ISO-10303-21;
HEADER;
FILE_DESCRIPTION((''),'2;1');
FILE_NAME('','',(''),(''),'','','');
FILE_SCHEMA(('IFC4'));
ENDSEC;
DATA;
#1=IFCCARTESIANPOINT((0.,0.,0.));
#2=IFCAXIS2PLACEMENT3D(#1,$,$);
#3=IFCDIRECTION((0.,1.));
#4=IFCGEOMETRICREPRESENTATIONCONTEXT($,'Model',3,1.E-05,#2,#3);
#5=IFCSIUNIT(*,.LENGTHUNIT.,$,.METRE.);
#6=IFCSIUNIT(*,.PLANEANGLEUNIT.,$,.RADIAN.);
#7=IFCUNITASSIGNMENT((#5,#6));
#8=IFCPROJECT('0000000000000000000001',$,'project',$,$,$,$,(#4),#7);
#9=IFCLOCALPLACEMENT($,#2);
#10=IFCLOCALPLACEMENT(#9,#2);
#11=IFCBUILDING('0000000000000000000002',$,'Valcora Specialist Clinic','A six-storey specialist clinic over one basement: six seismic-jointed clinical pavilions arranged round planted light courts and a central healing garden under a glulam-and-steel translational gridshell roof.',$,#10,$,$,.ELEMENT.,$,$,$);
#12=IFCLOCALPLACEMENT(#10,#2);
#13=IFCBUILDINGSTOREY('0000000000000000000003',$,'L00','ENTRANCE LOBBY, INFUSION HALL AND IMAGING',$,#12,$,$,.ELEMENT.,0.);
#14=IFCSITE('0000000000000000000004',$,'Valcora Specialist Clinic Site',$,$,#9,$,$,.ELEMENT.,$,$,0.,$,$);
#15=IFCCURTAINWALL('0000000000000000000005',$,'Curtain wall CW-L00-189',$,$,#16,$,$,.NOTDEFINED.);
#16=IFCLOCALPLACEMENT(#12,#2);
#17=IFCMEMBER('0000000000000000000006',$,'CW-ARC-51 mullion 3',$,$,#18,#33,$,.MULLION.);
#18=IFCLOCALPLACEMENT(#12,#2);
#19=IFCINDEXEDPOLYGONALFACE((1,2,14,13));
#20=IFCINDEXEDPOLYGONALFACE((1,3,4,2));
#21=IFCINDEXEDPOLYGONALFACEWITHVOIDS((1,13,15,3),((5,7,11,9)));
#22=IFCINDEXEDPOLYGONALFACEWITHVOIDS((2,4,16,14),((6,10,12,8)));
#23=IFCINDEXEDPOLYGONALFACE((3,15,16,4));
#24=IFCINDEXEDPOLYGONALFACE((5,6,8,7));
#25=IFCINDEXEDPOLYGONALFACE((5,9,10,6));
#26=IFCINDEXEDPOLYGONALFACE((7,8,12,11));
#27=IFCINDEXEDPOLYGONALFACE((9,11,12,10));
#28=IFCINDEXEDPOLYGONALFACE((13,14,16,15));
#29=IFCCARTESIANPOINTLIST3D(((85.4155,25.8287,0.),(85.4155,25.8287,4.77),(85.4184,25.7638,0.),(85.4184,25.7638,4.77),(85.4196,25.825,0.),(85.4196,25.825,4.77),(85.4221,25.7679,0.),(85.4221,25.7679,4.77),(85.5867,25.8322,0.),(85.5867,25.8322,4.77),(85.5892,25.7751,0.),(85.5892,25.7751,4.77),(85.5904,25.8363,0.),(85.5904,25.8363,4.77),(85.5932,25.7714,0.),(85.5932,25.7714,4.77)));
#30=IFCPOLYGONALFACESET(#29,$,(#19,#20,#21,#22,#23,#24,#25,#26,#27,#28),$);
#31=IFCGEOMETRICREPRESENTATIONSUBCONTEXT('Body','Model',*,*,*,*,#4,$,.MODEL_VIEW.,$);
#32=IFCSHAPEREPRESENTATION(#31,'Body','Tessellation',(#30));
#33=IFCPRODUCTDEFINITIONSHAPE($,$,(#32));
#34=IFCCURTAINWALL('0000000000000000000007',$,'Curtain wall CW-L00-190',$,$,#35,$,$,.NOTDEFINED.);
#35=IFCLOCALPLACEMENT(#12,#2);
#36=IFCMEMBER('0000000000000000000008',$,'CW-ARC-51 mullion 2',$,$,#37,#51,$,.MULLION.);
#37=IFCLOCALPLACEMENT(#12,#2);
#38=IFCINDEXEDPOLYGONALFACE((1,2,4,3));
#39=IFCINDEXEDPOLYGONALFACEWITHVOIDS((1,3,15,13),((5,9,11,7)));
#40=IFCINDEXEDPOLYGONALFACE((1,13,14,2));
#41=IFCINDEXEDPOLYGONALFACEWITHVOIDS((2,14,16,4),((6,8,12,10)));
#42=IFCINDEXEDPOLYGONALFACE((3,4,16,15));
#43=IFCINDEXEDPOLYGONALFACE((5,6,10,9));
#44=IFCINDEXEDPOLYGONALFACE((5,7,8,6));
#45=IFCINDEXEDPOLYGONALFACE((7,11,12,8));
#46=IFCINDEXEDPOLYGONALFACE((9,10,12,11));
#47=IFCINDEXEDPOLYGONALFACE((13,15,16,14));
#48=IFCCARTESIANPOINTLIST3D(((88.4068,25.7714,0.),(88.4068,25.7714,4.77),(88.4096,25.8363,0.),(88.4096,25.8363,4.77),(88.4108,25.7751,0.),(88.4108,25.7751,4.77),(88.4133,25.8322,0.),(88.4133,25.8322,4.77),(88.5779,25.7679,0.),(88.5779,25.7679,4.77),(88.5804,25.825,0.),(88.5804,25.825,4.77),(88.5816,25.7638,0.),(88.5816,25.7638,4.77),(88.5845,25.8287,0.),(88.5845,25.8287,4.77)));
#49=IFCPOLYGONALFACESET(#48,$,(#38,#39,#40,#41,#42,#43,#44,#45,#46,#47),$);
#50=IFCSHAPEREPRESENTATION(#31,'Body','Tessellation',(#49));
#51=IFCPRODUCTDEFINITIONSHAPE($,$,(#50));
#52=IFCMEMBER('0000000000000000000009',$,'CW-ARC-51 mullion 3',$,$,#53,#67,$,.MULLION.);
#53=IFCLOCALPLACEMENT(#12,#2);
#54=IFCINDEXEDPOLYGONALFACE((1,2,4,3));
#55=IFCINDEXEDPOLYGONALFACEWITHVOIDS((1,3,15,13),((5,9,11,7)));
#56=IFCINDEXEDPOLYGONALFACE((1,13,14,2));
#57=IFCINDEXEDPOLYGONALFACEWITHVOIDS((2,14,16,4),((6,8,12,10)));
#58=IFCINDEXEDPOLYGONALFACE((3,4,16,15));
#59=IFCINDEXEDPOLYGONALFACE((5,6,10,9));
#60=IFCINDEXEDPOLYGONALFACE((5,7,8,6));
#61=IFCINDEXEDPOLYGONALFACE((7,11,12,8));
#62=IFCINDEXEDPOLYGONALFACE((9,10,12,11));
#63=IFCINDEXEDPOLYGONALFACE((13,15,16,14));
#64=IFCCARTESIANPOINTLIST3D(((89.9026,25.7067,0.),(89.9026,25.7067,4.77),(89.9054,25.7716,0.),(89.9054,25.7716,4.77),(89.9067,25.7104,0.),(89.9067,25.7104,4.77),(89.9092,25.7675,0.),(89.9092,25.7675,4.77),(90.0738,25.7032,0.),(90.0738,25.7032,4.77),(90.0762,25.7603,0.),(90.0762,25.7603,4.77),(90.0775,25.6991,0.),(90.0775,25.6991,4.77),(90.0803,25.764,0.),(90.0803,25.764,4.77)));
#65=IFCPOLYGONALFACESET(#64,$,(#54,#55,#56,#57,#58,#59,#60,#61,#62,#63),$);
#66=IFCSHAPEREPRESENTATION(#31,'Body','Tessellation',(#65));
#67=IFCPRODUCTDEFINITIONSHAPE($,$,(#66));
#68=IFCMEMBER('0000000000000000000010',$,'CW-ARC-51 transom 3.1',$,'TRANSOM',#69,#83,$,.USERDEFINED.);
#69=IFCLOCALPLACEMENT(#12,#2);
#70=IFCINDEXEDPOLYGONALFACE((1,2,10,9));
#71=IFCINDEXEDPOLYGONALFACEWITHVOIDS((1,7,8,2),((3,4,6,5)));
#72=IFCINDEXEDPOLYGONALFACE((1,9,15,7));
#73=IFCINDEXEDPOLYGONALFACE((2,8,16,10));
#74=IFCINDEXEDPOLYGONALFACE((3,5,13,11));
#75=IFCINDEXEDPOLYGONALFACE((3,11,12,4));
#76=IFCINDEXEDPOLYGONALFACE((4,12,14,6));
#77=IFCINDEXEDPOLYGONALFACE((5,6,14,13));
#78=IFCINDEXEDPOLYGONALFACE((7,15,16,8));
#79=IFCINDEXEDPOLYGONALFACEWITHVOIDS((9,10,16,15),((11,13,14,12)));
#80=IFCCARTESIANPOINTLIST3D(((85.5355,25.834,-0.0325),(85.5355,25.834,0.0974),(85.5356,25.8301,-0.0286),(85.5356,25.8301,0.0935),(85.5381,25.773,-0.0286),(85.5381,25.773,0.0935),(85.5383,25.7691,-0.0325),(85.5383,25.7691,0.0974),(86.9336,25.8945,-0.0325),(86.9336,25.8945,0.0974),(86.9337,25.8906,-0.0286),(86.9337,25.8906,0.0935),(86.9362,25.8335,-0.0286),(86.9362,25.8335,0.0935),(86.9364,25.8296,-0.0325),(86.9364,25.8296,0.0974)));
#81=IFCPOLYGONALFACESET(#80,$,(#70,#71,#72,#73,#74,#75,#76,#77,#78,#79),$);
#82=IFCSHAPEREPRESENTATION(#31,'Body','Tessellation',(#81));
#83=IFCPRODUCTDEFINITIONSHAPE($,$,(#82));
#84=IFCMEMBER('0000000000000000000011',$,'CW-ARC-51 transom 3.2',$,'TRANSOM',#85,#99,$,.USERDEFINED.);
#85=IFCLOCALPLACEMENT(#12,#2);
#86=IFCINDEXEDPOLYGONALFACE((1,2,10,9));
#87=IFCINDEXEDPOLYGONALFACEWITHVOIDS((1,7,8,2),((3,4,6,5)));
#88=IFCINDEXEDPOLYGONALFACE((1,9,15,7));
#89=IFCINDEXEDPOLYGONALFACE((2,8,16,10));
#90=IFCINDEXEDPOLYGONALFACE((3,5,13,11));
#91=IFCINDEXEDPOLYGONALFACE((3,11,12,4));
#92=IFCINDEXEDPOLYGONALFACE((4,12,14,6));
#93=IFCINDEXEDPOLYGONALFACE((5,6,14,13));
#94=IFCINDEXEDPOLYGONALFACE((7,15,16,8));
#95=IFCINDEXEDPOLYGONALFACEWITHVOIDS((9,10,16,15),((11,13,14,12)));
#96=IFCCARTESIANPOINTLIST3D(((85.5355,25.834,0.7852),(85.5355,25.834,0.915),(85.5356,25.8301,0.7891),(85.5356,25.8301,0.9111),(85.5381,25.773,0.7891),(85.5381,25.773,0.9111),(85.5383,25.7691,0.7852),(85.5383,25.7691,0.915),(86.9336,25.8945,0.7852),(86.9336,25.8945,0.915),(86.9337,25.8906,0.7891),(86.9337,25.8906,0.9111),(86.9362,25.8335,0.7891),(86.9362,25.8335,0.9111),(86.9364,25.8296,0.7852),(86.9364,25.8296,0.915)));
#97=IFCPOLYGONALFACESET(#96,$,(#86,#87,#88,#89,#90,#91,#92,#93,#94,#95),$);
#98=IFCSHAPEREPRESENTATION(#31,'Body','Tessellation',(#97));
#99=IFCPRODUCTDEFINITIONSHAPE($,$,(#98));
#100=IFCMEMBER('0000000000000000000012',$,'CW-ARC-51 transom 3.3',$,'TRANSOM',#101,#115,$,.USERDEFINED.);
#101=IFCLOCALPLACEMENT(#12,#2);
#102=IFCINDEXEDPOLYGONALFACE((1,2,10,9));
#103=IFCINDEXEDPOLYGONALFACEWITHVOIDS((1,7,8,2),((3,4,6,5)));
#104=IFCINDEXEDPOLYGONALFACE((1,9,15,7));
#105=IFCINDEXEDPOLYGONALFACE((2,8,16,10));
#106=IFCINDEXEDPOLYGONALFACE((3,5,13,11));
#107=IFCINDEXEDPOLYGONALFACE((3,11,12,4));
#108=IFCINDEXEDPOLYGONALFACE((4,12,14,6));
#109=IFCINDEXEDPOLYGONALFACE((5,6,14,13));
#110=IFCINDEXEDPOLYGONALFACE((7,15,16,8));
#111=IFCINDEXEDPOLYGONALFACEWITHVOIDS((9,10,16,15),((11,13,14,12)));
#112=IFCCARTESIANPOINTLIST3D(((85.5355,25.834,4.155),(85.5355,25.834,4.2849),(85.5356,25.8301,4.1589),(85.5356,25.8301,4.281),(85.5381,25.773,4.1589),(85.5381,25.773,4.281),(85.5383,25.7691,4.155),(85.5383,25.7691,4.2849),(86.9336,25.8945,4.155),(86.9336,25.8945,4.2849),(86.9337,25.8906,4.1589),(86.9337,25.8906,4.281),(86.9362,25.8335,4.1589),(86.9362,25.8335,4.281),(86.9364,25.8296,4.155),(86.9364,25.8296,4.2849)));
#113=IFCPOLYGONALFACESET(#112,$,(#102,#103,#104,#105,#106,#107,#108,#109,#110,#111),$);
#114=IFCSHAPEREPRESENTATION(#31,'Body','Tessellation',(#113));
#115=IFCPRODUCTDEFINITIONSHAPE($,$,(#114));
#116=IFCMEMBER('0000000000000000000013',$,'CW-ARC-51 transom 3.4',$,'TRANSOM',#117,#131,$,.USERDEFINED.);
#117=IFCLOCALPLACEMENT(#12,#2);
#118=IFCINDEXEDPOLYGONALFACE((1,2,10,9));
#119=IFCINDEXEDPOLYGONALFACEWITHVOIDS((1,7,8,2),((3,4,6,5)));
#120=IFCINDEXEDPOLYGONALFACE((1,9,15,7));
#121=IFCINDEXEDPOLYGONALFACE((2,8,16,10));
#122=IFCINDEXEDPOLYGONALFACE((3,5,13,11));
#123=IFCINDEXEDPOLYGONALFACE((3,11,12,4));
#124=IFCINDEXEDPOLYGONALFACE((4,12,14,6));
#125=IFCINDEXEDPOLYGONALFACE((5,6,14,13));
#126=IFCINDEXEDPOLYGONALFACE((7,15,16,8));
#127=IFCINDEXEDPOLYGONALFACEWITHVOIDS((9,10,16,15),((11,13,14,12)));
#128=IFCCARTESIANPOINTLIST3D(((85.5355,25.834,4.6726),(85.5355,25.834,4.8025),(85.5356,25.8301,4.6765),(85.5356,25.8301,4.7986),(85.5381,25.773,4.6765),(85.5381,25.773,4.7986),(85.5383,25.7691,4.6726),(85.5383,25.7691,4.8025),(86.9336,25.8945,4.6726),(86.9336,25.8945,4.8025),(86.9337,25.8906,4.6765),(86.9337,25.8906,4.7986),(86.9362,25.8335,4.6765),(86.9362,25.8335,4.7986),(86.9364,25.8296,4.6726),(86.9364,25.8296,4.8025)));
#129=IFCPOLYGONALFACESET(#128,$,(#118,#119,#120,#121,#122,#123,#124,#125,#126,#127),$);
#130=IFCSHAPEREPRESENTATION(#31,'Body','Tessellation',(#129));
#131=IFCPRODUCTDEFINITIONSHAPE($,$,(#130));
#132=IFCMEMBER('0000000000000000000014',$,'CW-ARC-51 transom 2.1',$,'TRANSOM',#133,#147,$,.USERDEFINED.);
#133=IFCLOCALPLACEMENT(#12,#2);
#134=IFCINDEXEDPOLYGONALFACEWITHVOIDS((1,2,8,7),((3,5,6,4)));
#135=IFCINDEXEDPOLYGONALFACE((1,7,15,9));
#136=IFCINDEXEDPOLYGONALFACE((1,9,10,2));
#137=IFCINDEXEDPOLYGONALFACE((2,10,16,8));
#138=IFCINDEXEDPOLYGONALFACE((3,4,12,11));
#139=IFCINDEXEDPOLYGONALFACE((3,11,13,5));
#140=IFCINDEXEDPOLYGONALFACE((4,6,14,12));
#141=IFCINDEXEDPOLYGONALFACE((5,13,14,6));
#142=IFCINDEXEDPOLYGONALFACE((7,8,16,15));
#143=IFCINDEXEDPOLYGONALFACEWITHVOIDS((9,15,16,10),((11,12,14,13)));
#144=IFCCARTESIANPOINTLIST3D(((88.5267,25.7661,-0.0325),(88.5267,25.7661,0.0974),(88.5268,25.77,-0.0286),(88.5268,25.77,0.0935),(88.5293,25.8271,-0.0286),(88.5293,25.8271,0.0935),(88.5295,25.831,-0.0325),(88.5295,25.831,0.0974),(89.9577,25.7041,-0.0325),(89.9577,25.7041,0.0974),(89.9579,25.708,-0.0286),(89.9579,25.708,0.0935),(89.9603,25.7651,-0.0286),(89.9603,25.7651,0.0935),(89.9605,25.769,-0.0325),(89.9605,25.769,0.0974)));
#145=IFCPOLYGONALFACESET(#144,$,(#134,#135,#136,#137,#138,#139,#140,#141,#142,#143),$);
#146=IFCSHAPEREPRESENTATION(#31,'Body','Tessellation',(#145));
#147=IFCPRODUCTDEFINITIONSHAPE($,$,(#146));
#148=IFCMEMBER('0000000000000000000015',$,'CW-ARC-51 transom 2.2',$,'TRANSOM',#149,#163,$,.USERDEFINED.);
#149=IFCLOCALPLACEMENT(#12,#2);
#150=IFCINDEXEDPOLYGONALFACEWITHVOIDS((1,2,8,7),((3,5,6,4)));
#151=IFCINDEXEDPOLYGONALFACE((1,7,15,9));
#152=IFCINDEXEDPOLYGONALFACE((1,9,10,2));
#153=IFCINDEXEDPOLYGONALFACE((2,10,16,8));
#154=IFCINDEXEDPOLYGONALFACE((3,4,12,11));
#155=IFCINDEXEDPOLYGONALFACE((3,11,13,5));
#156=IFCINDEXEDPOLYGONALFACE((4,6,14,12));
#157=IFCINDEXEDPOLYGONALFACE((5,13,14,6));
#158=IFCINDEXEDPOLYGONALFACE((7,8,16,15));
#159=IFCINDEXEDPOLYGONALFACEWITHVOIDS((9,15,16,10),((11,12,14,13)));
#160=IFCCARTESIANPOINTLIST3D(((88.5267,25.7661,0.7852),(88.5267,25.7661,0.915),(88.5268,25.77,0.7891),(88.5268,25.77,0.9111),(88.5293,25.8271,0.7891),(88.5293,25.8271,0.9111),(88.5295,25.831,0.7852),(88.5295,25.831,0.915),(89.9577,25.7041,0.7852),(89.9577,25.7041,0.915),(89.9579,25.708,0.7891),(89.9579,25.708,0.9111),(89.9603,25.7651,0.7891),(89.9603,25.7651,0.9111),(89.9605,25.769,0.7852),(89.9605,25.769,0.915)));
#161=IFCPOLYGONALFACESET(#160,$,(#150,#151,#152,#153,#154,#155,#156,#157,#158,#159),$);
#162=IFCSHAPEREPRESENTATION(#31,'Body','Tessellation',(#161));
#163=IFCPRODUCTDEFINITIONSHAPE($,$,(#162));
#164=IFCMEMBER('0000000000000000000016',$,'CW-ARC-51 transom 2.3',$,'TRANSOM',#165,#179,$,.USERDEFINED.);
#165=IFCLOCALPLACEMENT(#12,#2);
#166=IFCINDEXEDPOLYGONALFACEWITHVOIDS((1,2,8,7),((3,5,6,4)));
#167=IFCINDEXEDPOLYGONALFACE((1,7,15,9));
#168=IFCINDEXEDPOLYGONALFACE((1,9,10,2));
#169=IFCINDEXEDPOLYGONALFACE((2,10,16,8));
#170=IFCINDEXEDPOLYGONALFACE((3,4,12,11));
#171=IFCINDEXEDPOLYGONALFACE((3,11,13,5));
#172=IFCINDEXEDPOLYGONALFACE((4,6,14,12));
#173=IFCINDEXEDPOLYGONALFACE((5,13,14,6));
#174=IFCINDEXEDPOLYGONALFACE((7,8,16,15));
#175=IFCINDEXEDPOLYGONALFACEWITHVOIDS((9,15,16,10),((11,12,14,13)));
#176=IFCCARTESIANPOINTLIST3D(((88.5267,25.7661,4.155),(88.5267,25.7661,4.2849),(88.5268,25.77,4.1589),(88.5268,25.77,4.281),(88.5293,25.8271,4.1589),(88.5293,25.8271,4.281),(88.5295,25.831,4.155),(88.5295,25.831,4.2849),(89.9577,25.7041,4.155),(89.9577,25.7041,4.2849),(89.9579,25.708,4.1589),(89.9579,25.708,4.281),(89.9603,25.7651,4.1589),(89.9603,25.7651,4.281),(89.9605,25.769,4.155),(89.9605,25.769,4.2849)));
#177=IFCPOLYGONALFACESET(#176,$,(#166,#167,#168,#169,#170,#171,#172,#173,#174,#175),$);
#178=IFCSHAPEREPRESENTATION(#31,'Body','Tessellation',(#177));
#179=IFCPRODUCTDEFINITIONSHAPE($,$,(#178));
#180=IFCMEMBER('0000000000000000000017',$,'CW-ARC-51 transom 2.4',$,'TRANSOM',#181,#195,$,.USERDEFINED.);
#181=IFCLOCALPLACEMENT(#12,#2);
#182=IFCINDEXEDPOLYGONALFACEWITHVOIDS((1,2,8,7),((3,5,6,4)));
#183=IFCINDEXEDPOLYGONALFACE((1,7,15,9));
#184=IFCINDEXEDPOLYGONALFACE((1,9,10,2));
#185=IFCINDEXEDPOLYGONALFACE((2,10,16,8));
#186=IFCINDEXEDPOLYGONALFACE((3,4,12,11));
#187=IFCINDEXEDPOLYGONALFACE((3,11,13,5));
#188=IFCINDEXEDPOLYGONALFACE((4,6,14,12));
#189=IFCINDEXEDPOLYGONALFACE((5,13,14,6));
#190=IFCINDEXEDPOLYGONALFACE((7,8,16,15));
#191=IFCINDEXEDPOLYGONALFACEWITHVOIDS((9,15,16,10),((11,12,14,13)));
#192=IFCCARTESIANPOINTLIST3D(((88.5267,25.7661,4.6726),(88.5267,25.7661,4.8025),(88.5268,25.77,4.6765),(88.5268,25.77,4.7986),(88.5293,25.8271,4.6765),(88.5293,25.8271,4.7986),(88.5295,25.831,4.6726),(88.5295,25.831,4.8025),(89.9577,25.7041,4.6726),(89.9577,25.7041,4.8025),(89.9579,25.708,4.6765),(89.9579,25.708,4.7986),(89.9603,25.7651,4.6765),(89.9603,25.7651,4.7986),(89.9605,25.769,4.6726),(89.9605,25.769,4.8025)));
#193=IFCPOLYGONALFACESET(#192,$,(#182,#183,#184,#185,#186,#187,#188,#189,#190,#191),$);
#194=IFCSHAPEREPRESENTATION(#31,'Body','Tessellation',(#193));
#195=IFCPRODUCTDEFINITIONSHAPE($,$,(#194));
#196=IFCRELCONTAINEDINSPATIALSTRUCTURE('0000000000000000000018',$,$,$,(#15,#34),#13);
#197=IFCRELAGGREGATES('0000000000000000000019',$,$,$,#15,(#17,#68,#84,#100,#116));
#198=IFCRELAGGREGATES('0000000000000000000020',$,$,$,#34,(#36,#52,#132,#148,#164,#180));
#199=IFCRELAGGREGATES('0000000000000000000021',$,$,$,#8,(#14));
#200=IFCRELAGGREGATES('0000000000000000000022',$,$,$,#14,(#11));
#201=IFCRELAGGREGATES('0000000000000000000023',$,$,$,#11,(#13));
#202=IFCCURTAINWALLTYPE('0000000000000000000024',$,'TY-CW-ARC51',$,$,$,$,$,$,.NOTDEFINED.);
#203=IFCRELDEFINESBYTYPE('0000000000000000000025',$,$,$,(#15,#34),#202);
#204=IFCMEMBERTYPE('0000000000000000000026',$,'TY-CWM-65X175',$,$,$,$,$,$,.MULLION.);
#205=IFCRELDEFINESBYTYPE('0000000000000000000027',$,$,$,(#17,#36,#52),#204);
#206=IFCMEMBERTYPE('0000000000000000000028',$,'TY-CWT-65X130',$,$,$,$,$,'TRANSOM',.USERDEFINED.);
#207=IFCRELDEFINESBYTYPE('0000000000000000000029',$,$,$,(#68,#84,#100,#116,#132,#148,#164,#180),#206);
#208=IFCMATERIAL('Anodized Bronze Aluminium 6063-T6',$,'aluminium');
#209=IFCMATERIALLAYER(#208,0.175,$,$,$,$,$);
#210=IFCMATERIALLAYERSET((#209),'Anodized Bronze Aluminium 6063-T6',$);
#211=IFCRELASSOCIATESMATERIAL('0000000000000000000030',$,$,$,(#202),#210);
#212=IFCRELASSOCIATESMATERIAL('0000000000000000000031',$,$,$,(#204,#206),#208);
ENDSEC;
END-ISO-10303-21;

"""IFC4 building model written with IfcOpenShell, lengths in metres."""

from ifc_helpers import new_model, si_unit, direction, frame, origin, origin_2d, place, context, subcontext, project, spatial, hollow_rectangle, extrude, material, layer, layer_set, material_profile, profile_set, type_object, element, aggregate, save


model = new_model("IFC4")

# Units and contexts
model_context = context("Model", 3, precision=1e-05, world=origin(), true_north=direction((0.0, 1.0)))
body_context = subcontext(model_context, "Body", "Model", "MODEL_VIEW")
ifc_project = project(units=[si_unit("LENGTHUNIT", "METRE"), si_unit("PLANEANGLEUNIT", "RADIAN")], contexts=[model_context])

# Site, building, storey
site_placement = place(None, origin())
site = spatial("IfcSite", under=ifc_project, at=site_placement, Name="Valcora Specialist Clinic Site", CompositionType="ELEMENT", RefElevation=0.0)
building_placement = place(site_placement, origin())
building = spatial("IfcBuilding", under=site, at=building_placement, Name="Valcora Specialist Clinic", Description="A six-storey specialist clinic over one basement: six seismic-jointed clinical pavilions arranged round planted light courts and a central healing garden under a glulam-and-steel translational gridshell roof.", CompositionType="ELEMENT")
storey_placement = place(building_placement, origin())
storey = spatial("IfcBuildingStorey", under=building, at=storey_placement, Name="L00", Description="ENTRANCE LOBBY, INFUSION HALL AND IMAGING", CompositionType="ELEMENT", Elevation=0.0)

# Curtain wall, member
ifc_material_1 = material(Name="Anodized Bronze Aluminium 6063-T6", Category="aluminium")
ifc_layer_1 = layer(ifc_material_1, 0.175)
ifc_layer_set_1 = layer_set([ifc_layer_1], Name="Anodized Bronze Aluminium 6063-T6")
curtain_wall_type = type_object("IfcCurtainWallType", Name="TY-CW-ARC51", PredefinedType="NOTDEFINED", material=ifc_layer_set_1)
curtain_wall_1_placement = place(storey_placement, origin())
curtain_wall_1 = element("IfcCurtainWall", 1, at=curtain_wall_1_placement, inside=storey, type_object=curtain_wall_type, Name="Curtain wall CW-L00-189", PredefinedType="NOTDEFINED")
ifc_material_profile_1 = material_profile(ifc_material_1, hollow_rectangle(XDim=0.0649, YDim=0.175, WallThickness=0.0039, at=origin_2d()), Name="AL-MUL-65X175")
ifc_profile_set_1 = profile_set([ifc_material_profile_1], Name="Anodized Bronze Aluminium 6063-T6")
member_type_1 = type_object("IfcMemberType", Name="TY-CWM-65X175", PredefinedType="MULLION", material=ifc_profile_set_1)
member_1_placement = place(storey_placement, frame((85.5044, 25.8, 0.0), z_axis=(0.0, 0.0, 1.0), x_axis=(-0.043307, 0.999062, 0.0)))
member_1 = element("IfcMember", 2, at=member_1_placement, type_object=member_type_1, Name="CW-ARC-51 mullion 3", PredefinedType="MULLION", context=body_context, shape_type="SweptSolid", body=[
    extrude(hollow_rectangle(XDim=0.0649, YDim=0.175, WallThickness=0.0039, at=origin_2d()), origin(), (0.0, 0.0, 1.0), 4.77),
])

# Curtain wall, members
curtain_wall_2_placement = place(storey_placement, origin())
curtain_wall_2 = element("IfcCurtainWall", 3, at=curtain_wall_2_placement, inside=storey, type_object=curtain_wall_type, Name="Curtain wall CW-L00-190", PredefinedType="NOTDEFINED")
member_2_placement = place(storey_placement, frame((88.4956, 25.8, 0.0), z_axis=(0.0, 0.0, 1.0), x_axis=(0.043307, 0.999062, 0.0)))
member_2 = element("IfcMember", 4, at=member_2_placement, type_object=member_type_1, Name="CW-ARC-51 mullion 2", PredefinedType="MULLION", context=body_context, shape_type="SweptSolid", body=[
    extrude(hollow_rectangle(XDim=0.0649, YDim=0.175, WallThickness=0.0039, at=origin_2d()), origin(), (0.0, 0.0, 1.0), 4.77),
])
member_3_placement = place(storey_placement, frame((89.9915, 25.7354, 0.0), z_axis=(0.0, 0.0, 1.0), x_axis=(0.043307, 0.999062, 0.0)))
member_3 = element("IfcMember", 5, at=member_3_placement, type_object=member_type_1, Name="CW-ARC-51 mullion 3", PredefinedType="MULLION", context=body_context, shape_type="SweptSolid", body=[
    extrude(hollow_rectangle(XDim=0.0649, YDim=0.175, WallThickness=0.0039, at=origin_2d()), origin(), (0.0, 0.0, 1.0), 4.77),
])

# Members
ifc_material_profile_2 = material_profile(ifc_material_1, hollow_rectangle(XDim=0.0649, YDim=0.1299, WallThickness=0.0039, at=origin_2d()), Name="AL-TRN-65X130")
ifc_profile_set_2 = profile_set([ifc_material_profile_2], Name="Anodized Bronze Aluminium 6063-T6")
member_type_2 = type_object("IfcMemberType", Name="TY-CWT-65X130", ElementType="TRANSOM", PredefinedType="USERDEFINED", material=ifc_profile_set_2)
member_4_placement = place(storey_placement, frame((85.5369, 25.8015, 0.0325), z_axis=(0.999064, 0.043263, 0.0), x_axis=(-0.043263, 0.999064, 0.0)))
member_4 = element("IfcMember", 6, at=member_4_placement, type_object=member_type_2, Name="CW-ARC-51 transom 3.1", ObjectType="TRANSOM", PredefinedType="USERDEFINED", context=body_context, shape_type="SweptSolid", body=[
    extrude(hollow_rectangle(XDim=0.0649, YDim=0.1299, WallThickness=0.0039, at=origin_2d()), origin(), (0.0, 0.0, 1.0), 1.3994),
])
member_5_placement = place(storey_placement, frame((85.5369, 25.8015, 0.8501), z_axis=(0.999064, 0.043263, 0.0), x_axis=(-0.043263, 0.999064, 0.0)))
member_5 = element("IfcMember", 7, at=member_5_placement, type_object=member_type_2, Name="CW-ARC-51 transom 3.2", ObjectType="TRANSOM", PredefinedType="USERDEFINED", context=body_context, shape_type="SweptSolid", body=[
    extrude(hollow_rectangle(XDim=0.0649, YDim=0.1299, WallThickness=0.0039, at=origin_2d()), origin(), (0.0, 0.0, 1.0), 1.3994),
])
member_6_placement = place(storey_placement, frame((85.5369, 25.8015, 4.22), z_axis=(0.999064, 0.043263, 0.0), x_axis=(-0.043263, 0.999064, 0.0)))
member_6 = element("IfcMember", 8, at=member_6_placement, type_object=member_type_2, Name="CW-ARC-51 transom 3.3", ObjectType="TRANSOM", PredefinedType="USERDEFINED", context=body_context, shape_type="SweptSolid", body=[
    extrude(hollow_rectangle(XDim=0.0649, YDim=0.1299, WallThickness=0.0039, at=origin_2d()), origin(), (0.0, 0.0, 1.0), 1.3994),
])
member_7_placement = place(storey_placement, frame((85.5369, 25.8015, 4.7375), z_axis=(0.999064, 0.043263, 0.0), x_axis=(-0.043263, 0.999064, 0.0)))
member_7 = element("IfcMember", 9, at=member_7_placement, type_object=member_type_2, Name="CW-ARC-51 transom 3.4", ObjectType="TRANSOM", PredefinedType="USERDEFINED", context=body_context, shape_type="SweptSolid", body=[
    extrude(hollow_rectangle(XDim=0.0649, YDim=0.1299, WallThickness=0.0039, at=origin_2d()), origin(), (0.0, 0.0, 1.0), 1.3994),
])
member_8_placement = place(storey_placement, frame((88.5281, 25.7986, 0.0325), z_axis=(0.999062, -0.043297, 0.0), x_axis=(0.043297, 0.999062, 0.0)))
member_8 = element("IfcMember", 10, at=member_8_placement, type_object=member_type_2, Name="CW-ARC-51 transom 2.1", ObjectType="TRANSOM", PredefinedType="USERDEFINED", context=body_context, shape_type="SweptSolid", body=[
    extrude(hollow_rectangle(XDim=0.0649, YDim=0.1299, WallThickness=0.0039, at=origin_2d()), origin(), (0.0, 0.0, 1.0), 1.4324),
])
member_9_placement = place(storey_placement, frame((88.5281, 25.7986, 0.8501), z_axis=(0.999062, -0.043297, 0.0), x_axis=(0.043297, 0.999062, 0.0)))
member_9 = element("IfcMember", 11, at=member_9_placement, type_object=member_type_2, Name="CW-ARC-51 transom 2.2", ObjectType="TRANSOM", PredefinedType="USERDEFINED", context=body_context, shape_type="SweptSolid", body=[
    extrude(hollow_rectangle(XDim=0.0649, YDim=0.1299, WallThickness=0.0039, at=origin_2d()), origin(), (0.0, 0.0, 1.0), 1.4324),
])
member_10_placement = place(storey_placement, frame((88.5281, 25.7986, 4.22), z_axis=(0.999062, -0.043297, 0.0), x_axis=(0.043297, 0.999062, 0.0)))
member_10 = element("IfcMember", 12, at=member_10_placement, type_object=member_type_2, Name="CW-ARC-51 transom 2.3", ObjectType="TRANSOM", PredefinedType="USERDEFINED", context=body_context, shape_type="SweptSolid", body=[
    extrude(hollow_rectangle(XDim=0.0649, YDim=0.1299, WallThickness=0.0039, at=origin_2d()), origin(), (0.0, 0.0, 1.0), 1.4324),
])
member_11_placement = place(storey_placement, frame((88.5281, 25.7986, 4.7375), z_axis=(0.999062, -0.043297, 0.0), x_axis=(0.043297, 0.999062, 0.0)))
member_11 = element("IfcMember", 13, at=member_11_placement, type_object=member_type_2, Name="CW-ARC-51 transom 2.4", ObjectType="TRANSOM", PredefinedType="USERDEFINED", context=body_context, shape_type="SweptSolid", body=[
    extrude(hollow_rectangle(XDim=0.0649, YDim=0.1299, WallThickness=0.0039, at=origin_2d()), origin(), (0.0, 0.0, 1.0), 1.4324),
])

aggregate(curtain_wall_1, [member_1, member_4, member_5, member_6, member_7])
aggregate(curtain_wall_2, [member_2, member_3, member_8, member_9, member_10, member_11])

save(model, "model.ifc")
